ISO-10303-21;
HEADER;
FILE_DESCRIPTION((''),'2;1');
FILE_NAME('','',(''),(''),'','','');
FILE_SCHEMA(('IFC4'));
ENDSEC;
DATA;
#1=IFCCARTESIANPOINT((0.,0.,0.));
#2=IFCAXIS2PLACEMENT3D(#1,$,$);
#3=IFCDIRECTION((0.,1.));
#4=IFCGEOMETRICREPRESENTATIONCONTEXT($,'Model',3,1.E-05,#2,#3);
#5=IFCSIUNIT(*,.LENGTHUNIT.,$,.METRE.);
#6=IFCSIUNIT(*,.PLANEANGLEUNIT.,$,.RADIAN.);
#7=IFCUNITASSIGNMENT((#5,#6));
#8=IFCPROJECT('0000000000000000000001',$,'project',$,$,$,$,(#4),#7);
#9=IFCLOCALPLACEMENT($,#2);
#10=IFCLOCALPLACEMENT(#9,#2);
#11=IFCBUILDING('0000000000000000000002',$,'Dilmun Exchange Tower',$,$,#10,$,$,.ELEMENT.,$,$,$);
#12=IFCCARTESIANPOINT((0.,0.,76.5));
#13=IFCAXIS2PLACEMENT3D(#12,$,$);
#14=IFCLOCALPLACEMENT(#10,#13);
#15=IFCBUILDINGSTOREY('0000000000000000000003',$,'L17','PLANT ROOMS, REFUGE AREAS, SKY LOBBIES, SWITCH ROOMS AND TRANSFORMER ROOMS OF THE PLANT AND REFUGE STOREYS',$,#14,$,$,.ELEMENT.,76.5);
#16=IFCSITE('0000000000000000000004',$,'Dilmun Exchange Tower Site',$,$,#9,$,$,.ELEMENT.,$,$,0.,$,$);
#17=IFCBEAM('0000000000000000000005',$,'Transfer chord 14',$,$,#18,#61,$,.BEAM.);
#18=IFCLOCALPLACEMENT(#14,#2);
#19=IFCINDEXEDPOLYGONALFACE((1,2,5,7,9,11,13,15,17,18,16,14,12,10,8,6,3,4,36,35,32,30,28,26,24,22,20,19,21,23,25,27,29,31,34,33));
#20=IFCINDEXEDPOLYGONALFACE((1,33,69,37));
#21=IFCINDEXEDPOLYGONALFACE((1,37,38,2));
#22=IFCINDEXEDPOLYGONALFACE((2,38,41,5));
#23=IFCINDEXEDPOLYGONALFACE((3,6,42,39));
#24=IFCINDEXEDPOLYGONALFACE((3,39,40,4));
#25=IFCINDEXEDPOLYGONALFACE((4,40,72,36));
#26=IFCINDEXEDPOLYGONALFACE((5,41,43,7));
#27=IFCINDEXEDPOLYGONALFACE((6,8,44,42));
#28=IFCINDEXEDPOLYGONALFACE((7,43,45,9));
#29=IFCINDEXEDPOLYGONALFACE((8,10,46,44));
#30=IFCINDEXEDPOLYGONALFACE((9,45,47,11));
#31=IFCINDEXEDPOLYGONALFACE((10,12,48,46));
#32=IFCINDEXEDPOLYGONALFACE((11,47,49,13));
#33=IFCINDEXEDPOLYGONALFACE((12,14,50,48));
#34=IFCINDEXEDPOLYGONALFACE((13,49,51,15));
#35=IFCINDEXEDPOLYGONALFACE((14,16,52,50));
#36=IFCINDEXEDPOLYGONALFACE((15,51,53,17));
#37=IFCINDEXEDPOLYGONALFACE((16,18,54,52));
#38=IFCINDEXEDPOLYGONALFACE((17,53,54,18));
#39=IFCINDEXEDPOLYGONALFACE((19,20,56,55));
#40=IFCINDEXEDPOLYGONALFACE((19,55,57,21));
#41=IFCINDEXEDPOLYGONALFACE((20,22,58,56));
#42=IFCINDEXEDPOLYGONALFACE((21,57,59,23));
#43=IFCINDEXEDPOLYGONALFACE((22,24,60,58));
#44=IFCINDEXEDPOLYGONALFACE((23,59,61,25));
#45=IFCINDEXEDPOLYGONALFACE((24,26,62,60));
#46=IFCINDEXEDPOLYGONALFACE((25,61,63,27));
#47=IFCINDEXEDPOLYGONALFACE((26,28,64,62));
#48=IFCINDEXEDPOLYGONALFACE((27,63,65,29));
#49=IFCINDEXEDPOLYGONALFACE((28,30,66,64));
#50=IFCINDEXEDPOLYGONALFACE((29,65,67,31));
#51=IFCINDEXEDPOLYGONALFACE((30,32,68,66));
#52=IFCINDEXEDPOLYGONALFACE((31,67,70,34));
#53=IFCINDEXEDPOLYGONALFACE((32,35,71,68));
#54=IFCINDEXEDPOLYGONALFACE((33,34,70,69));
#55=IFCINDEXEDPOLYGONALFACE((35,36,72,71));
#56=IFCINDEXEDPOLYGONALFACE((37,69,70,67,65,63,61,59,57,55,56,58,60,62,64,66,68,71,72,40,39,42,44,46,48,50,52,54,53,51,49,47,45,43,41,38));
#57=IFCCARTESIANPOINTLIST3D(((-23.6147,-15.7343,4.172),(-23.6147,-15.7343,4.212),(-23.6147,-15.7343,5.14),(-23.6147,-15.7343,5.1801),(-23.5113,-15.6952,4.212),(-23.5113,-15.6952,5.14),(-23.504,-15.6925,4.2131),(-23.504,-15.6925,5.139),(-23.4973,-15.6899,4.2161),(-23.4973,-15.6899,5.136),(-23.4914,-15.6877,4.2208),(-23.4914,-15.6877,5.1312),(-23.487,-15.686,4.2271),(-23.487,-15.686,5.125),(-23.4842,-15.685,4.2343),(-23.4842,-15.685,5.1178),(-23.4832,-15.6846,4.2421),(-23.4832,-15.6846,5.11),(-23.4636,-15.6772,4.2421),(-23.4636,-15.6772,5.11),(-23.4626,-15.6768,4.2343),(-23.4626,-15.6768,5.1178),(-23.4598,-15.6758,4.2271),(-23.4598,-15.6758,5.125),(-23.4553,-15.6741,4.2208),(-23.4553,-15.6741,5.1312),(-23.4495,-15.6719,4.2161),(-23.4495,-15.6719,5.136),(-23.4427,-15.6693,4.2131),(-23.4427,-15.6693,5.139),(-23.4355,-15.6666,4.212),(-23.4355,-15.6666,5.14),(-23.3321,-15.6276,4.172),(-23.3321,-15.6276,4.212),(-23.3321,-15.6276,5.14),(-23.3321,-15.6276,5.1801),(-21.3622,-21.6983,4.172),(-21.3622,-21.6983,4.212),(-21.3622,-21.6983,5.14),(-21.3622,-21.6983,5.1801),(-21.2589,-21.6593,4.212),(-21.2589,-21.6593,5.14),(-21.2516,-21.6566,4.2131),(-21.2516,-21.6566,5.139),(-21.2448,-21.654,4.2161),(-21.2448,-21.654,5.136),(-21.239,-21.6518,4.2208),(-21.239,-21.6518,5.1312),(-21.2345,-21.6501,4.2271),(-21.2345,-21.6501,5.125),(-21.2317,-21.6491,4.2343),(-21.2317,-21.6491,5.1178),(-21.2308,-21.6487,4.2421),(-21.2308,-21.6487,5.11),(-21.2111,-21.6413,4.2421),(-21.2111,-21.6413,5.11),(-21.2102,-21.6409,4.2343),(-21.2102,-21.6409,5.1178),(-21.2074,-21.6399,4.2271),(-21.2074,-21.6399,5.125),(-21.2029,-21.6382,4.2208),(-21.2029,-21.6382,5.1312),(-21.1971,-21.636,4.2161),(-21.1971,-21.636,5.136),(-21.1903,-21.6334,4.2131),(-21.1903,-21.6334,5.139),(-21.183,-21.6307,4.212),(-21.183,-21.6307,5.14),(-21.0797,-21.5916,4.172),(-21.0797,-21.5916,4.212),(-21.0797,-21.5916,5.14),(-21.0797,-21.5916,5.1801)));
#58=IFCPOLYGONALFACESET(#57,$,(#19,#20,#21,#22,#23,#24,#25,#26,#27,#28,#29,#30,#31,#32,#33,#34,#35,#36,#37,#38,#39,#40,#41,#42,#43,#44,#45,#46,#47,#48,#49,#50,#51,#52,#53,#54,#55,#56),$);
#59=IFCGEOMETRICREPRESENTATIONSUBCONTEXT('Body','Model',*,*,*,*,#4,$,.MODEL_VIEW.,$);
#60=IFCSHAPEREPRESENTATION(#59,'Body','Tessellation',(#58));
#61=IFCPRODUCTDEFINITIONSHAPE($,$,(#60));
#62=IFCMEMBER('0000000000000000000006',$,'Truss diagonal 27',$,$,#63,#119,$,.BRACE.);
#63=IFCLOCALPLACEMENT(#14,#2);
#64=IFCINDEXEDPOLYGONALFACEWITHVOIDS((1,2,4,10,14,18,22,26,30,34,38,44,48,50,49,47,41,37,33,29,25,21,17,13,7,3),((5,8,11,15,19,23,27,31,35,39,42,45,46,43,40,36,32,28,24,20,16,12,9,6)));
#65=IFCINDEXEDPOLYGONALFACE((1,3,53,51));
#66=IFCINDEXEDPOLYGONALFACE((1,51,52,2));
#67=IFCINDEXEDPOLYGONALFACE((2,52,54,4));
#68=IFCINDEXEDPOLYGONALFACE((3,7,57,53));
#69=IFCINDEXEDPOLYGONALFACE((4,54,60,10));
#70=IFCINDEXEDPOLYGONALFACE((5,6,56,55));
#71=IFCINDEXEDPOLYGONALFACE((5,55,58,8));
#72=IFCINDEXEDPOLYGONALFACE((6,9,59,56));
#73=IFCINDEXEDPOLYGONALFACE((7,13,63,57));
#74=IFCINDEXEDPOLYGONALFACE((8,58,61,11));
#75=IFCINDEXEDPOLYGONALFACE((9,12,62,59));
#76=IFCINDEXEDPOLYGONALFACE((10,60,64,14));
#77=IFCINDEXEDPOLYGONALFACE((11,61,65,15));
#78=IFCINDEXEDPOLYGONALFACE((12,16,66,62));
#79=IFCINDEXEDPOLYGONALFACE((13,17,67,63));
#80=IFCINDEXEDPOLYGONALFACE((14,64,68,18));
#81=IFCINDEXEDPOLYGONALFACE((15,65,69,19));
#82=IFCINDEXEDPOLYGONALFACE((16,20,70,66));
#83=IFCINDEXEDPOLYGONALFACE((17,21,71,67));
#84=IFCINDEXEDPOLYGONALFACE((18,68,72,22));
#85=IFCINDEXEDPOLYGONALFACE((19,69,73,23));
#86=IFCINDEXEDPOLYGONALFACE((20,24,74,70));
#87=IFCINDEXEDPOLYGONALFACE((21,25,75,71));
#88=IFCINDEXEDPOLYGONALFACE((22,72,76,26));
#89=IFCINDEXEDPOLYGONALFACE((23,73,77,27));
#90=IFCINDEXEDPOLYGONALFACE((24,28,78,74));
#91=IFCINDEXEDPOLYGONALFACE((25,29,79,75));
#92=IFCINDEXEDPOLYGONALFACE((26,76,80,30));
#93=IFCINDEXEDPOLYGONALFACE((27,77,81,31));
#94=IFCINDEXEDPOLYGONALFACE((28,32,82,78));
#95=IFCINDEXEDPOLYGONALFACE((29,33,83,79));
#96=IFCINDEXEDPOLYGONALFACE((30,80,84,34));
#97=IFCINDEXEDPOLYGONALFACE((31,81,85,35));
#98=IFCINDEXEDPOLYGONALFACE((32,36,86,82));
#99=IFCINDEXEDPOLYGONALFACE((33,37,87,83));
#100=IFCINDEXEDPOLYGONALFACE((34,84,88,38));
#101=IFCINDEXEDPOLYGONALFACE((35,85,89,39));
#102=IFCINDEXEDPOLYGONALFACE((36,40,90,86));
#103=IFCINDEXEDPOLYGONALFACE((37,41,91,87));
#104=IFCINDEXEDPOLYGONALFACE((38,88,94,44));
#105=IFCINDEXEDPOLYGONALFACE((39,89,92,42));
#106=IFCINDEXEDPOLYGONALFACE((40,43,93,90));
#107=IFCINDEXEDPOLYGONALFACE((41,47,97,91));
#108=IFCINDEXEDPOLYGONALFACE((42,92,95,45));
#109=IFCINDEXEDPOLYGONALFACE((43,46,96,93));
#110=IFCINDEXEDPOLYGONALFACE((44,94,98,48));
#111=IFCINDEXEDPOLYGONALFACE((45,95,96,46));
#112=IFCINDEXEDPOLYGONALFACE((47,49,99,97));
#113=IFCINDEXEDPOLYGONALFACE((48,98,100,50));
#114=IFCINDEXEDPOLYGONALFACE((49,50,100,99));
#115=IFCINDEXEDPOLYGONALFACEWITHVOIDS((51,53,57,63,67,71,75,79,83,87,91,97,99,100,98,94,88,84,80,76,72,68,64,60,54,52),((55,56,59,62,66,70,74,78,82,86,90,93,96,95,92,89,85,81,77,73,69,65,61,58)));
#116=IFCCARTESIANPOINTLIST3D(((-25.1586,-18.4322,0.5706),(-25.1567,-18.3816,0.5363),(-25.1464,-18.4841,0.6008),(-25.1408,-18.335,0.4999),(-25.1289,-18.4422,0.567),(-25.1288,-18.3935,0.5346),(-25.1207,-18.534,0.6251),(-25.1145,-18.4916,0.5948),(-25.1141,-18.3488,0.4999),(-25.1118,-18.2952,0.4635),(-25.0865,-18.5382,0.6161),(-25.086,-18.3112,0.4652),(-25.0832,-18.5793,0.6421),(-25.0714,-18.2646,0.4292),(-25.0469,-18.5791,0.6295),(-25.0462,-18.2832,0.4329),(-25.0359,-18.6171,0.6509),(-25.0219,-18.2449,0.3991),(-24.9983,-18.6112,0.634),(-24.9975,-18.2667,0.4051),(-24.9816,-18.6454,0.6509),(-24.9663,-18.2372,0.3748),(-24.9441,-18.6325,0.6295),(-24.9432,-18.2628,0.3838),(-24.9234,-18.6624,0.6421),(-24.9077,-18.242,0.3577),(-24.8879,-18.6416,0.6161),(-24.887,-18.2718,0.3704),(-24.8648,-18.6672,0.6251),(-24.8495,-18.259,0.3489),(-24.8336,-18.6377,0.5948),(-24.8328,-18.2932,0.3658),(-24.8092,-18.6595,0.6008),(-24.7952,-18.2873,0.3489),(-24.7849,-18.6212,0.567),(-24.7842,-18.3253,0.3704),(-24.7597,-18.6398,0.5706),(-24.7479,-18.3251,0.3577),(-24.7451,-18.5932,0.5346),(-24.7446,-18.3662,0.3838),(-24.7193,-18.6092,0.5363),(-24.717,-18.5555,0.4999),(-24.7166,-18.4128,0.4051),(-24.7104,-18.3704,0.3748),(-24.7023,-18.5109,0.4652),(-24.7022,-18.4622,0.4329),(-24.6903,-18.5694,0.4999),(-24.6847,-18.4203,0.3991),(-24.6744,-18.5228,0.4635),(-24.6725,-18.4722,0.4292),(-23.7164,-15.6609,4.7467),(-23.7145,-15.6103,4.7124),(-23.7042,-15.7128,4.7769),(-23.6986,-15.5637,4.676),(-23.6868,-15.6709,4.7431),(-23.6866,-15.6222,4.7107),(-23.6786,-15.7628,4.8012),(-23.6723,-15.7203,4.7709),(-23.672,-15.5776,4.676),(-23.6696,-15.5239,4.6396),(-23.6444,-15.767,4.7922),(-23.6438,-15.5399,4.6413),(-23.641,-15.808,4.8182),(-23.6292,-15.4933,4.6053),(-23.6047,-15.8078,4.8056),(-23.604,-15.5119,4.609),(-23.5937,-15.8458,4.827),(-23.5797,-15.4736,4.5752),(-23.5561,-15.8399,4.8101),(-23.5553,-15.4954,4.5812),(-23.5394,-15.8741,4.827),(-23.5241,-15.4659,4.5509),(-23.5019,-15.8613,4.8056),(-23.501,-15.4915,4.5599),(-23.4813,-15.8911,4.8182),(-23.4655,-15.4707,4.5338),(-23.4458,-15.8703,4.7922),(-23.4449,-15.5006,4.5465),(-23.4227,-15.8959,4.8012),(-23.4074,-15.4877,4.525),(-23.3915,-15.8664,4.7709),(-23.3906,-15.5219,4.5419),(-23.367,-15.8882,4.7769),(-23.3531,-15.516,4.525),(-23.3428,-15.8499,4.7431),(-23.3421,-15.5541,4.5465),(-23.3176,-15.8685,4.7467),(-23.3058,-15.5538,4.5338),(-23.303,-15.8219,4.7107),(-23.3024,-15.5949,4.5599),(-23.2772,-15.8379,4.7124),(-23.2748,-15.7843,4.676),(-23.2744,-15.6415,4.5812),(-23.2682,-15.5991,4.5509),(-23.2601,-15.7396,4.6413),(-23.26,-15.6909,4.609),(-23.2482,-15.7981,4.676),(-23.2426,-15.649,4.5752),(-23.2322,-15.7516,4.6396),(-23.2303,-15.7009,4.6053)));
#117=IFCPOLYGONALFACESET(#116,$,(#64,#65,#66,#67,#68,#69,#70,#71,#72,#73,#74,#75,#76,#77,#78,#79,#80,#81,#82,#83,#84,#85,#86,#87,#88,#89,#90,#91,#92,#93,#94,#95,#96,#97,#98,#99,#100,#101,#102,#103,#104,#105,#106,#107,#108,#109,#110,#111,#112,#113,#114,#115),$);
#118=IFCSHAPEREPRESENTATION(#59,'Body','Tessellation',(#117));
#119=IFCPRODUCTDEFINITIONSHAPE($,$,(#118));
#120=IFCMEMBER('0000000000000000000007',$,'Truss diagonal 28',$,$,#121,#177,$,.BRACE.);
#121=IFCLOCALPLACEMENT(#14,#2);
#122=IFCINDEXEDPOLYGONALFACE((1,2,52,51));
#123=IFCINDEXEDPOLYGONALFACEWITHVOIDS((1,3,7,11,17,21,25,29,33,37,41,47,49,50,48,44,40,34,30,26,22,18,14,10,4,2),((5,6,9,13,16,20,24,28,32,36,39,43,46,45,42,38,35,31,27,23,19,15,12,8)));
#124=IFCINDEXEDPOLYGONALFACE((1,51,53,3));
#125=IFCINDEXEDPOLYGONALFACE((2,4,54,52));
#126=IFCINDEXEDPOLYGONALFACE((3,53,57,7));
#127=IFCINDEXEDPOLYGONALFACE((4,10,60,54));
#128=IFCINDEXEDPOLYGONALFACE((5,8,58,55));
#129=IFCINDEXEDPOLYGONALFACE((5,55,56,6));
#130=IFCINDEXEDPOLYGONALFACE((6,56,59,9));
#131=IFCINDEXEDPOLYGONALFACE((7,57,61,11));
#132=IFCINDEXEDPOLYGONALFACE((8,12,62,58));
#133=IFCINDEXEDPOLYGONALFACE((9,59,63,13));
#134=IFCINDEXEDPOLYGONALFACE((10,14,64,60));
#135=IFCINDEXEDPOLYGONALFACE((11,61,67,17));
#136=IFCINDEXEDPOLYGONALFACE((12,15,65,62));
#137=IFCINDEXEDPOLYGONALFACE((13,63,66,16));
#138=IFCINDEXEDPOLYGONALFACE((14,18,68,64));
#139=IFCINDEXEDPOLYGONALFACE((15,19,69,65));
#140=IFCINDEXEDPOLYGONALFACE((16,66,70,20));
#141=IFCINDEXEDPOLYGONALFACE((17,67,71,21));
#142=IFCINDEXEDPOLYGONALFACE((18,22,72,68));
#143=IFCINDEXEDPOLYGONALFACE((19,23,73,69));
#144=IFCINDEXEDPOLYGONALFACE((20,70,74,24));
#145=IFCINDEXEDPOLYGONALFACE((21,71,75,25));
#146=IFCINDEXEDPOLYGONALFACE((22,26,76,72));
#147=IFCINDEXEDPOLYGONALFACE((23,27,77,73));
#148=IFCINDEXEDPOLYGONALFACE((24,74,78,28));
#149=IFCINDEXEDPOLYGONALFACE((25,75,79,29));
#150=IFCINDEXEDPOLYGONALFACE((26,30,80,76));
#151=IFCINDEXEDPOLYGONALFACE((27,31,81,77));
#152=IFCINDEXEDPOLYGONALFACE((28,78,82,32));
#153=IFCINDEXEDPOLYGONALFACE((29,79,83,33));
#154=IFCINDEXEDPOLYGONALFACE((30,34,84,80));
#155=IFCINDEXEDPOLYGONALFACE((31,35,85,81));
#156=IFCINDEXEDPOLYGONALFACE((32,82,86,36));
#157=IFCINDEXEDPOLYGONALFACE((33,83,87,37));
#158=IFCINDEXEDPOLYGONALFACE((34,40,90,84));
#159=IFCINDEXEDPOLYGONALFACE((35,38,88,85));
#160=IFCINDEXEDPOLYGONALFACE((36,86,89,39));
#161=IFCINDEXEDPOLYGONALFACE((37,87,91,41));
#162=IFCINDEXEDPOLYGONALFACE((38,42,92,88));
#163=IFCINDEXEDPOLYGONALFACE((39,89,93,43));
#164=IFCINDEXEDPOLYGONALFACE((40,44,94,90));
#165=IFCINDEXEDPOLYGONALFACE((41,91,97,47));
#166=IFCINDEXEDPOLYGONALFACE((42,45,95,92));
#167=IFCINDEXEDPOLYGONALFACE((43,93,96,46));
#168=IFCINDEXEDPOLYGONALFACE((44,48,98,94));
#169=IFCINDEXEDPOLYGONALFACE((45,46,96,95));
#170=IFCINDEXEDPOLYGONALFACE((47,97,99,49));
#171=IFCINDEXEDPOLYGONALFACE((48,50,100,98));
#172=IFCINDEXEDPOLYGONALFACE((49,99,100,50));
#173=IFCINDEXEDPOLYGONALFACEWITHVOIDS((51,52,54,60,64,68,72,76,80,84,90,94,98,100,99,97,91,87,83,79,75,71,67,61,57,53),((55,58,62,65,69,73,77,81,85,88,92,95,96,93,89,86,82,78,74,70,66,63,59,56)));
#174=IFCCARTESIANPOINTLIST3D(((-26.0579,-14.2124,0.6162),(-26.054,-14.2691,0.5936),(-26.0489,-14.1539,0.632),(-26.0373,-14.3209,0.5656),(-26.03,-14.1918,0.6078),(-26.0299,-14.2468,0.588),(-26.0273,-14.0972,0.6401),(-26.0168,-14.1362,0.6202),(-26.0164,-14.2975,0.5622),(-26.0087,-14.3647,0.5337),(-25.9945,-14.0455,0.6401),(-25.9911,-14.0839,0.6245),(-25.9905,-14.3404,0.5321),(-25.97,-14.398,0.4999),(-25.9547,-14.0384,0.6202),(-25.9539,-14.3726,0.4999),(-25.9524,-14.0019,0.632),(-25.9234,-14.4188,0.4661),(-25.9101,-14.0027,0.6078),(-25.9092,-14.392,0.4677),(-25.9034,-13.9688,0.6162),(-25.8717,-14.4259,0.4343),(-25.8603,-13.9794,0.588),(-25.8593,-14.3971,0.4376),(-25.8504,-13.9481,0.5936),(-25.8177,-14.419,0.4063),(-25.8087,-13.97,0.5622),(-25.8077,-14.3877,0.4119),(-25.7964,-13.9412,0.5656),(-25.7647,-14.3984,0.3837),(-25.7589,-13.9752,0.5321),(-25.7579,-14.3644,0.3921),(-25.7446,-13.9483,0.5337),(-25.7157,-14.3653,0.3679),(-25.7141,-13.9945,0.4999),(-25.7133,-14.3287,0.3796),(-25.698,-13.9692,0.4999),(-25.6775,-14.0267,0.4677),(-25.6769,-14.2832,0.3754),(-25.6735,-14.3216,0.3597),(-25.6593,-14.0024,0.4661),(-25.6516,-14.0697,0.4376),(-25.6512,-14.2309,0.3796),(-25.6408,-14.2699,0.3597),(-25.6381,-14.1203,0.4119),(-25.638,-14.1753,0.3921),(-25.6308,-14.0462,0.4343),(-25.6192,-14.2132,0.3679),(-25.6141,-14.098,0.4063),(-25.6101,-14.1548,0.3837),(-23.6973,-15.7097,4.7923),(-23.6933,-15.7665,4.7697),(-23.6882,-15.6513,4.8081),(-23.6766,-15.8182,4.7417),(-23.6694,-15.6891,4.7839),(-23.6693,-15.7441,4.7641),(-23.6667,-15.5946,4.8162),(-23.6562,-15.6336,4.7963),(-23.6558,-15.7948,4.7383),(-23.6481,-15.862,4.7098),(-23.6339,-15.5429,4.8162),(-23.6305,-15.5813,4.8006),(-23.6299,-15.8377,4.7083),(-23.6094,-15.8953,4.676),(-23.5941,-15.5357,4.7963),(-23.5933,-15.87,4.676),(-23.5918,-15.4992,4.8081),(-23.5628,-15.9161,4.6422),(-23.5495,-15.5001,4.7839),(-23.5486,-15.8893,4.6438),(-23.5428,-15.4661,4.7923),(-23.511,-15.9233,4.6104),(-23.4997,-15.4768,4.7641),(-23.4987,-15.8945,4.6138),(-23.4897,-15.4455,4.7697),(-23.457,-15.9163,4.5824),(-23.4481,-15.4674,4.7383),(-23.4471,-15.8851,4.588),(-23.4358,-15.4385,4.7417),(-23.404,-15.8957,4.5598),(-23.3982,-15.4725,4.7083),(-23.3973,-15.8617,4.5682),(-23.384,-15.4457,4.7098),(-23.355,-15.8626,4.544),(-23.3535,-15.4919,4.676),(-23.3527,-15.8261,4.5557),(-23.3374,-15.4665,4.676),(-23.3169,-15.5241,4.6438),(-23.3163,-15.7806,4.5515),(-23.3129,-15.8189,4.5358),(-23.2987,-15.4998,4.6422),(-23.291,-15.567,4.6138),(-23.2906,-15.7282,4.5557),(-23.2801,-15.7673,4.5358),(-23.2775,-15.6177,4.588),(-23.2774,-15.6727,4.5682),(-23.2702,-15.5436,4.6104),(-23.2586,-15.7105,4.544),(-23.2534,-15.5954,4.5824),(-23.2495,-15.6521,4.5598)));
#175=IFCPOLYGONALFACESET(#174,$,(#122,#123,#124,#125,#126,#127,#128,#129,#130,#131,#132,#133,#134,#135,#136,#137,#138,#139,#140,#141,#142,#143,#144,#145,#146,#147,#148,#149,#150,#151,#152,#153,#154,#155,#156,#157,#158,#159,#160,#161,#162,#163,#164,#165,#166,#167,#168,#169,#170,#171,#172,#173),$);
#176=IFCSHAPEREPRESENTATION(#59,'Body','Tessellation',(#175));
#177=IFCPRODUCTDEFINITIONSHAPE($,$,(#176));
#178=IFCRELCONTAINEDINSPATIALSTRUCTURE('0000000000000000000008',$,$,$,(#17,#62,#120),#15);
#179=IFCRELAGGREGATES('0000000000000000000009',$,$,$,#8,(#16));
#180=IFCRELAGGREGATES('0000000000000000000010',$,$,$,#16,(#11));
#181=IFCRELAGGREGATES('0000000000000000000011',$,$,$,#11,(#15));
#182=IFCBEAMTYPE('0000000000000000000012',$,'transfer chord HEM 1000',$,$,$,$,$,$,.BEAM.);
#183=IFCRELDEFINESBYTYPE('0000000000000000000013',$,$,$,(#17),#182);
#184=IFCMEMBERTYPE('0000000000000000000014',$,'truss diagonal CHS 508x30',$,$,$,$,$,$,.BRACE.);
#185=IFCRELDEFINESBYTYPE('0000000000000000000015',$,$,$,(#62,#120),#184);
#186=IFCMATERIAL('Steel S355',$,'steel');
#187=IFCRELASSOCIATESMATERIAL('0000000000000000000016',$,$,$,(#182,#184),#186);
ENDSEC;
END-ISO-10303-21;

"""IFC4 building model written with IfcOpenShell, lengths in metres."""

from ifc_helpers import new_model, si_unit, direction, frame, origin, origin_2d, place, context, subcontext, project, spatial, hollow_circle, i_section, extrude, material, material_profile, profile_set, type_object, element, save


model = new_model("IFC4")

# Units and contexts
model_context = context("Model", 3, precision=1e-05, world=origin(), true_north=direction((0.0, 1.0)))
body_context = subcontext(model_context, "Body", "Model", "MODEL_VIEW")
ifc_project = project(units=[si_unit("LENGTHUNIT", "METRE"), si_unit("PLANEANGLEUNIT", "RADIAN")], contexts=[model_context])

# Site, building, storey
site_placement = place(None, origin())
site = spatial("IfcSite", under=ifc_project, at=site_placement, Name="Dilmun Exchange Tower Site", CompositionType="ELEMENT", RefElevation=0.0)
building_placement = place(site_placement, origin())
building = spatial("IfcBuilding", under=site, at=building_placement, Name="Dilmun Exchange Tower", CompositionType="ELEMENT")
storey_placement = place(building_placement, frame((0.0, 0.0, 76.5)))
storey = spatial("IfcBuildingStorey", under=building, at=storey_placement, Name="L17", Description="PLANT ROOMS, REFUGE AREAS, SKY LOBBIES, SWITCH ROOMS AND TRANSFORMER ROOMS OF THE PLANT AND REFUGE STOREYS", CompositionType="ELEMENT", Elevation=76.5)

# Shared definitions
ifc_material_1 = material(Name="Steel S355", Category="steel")

# Beam
ifc_material_profile_1 = material_profile(ifc_material_1, i_section(OverallWidth=0.302, OverallDepth=1.0081, WebThickness=0.021, FlangeThickness=0.04, FilletRadius=0.03, at=origin_2d()), Name="HEM 1000")
ifc_profile_set_1 = profile_set([ifc_material_profile_1], Name="Steel S355")
beam_type_1 = type_object("IfcBeamType", Name="transfer chord HEM 1000", PredefinedType="BEAM", material=ifc_profile_set_1)
beam_1_placement = place(storey_placement, frame((-23.4734, -15.6809, 4.676), z_axis=(0.353309, -0.935507, 0.0), x_axis=(0.935507, 0.353309, 0.0)))
element("IfcBeam", 1, at=beam_1_placement, inside=storey, type_object=beam_type_1, Name="Transfer chord 14", PredefinedType="BEAM", context=body_context, shape_type="SweptSolid", body=[
    extrude(i_section(OverallWidth=0.302, OverallDepth=1.0081, WebThickness=0.021, FlangeThickness=0.04, FilletRadius=0.03, at=origin_2d()), origin(), (0.0, 0.0, 1.0), 6.3752),
])

# Members
ifc_material_profile_2 = material_profile(ifc_material_1, hollow_circle(Radius=0.2539, WallThickness=0.03, at=origin_2d()), Name="CHS 508x30")
ifc_profile_set_2 = profile_set([ifc_material_profile_2], Name="Steel S355")
member_type_1 = type_object("IfcMemberType", Name="truss diagonal CHS 508x30", PredefinedType="BRACE", material=ifc_profile_set_2)
member_1_placement = place(storey_placement, frame((-23.4734, -15.6809, 4.676), z_axis=(-0.276524, -0.531374, -0.800735), x_axis=(0.887073, -0.461628, 0.0)))
element("IfcMember", 2, at=member_1_placement, inside=storey, type_object=member_type_1, Name="Truss diagonal 27", PredefinedType="BRACE", context=body_context, shape_type="SweptSolid", body=[
    extrude(hollow_circle(Radius=0.2539, WallThickness=0.03, at=origin_2d()), origin(), (0.0, 0.0, 1.0), 5.2153),
])
member_2_placement = place(storey_placement, frame((-23.4734, -15.6809, 4.676), z_axis=(-0.469743, 0.297956, -0.831002), x_axis=(-0.535632, -0.844452, 0.0)))
element("IfcMember", 3, at=member_2_placement, inside=storey, type_object=member_type_1, Name="Truss diagonal 28", PredefinedType="BRACE", context=body_context, shape_type="SweptSolid", body=[
    extrude(hollow_circle(Radius=0.2539, WallThickness=0.03, at=origin_2d()), origin(), (0.0, 0.0, 1.0), 5.0254),
])

save(model, "model.ifc")
